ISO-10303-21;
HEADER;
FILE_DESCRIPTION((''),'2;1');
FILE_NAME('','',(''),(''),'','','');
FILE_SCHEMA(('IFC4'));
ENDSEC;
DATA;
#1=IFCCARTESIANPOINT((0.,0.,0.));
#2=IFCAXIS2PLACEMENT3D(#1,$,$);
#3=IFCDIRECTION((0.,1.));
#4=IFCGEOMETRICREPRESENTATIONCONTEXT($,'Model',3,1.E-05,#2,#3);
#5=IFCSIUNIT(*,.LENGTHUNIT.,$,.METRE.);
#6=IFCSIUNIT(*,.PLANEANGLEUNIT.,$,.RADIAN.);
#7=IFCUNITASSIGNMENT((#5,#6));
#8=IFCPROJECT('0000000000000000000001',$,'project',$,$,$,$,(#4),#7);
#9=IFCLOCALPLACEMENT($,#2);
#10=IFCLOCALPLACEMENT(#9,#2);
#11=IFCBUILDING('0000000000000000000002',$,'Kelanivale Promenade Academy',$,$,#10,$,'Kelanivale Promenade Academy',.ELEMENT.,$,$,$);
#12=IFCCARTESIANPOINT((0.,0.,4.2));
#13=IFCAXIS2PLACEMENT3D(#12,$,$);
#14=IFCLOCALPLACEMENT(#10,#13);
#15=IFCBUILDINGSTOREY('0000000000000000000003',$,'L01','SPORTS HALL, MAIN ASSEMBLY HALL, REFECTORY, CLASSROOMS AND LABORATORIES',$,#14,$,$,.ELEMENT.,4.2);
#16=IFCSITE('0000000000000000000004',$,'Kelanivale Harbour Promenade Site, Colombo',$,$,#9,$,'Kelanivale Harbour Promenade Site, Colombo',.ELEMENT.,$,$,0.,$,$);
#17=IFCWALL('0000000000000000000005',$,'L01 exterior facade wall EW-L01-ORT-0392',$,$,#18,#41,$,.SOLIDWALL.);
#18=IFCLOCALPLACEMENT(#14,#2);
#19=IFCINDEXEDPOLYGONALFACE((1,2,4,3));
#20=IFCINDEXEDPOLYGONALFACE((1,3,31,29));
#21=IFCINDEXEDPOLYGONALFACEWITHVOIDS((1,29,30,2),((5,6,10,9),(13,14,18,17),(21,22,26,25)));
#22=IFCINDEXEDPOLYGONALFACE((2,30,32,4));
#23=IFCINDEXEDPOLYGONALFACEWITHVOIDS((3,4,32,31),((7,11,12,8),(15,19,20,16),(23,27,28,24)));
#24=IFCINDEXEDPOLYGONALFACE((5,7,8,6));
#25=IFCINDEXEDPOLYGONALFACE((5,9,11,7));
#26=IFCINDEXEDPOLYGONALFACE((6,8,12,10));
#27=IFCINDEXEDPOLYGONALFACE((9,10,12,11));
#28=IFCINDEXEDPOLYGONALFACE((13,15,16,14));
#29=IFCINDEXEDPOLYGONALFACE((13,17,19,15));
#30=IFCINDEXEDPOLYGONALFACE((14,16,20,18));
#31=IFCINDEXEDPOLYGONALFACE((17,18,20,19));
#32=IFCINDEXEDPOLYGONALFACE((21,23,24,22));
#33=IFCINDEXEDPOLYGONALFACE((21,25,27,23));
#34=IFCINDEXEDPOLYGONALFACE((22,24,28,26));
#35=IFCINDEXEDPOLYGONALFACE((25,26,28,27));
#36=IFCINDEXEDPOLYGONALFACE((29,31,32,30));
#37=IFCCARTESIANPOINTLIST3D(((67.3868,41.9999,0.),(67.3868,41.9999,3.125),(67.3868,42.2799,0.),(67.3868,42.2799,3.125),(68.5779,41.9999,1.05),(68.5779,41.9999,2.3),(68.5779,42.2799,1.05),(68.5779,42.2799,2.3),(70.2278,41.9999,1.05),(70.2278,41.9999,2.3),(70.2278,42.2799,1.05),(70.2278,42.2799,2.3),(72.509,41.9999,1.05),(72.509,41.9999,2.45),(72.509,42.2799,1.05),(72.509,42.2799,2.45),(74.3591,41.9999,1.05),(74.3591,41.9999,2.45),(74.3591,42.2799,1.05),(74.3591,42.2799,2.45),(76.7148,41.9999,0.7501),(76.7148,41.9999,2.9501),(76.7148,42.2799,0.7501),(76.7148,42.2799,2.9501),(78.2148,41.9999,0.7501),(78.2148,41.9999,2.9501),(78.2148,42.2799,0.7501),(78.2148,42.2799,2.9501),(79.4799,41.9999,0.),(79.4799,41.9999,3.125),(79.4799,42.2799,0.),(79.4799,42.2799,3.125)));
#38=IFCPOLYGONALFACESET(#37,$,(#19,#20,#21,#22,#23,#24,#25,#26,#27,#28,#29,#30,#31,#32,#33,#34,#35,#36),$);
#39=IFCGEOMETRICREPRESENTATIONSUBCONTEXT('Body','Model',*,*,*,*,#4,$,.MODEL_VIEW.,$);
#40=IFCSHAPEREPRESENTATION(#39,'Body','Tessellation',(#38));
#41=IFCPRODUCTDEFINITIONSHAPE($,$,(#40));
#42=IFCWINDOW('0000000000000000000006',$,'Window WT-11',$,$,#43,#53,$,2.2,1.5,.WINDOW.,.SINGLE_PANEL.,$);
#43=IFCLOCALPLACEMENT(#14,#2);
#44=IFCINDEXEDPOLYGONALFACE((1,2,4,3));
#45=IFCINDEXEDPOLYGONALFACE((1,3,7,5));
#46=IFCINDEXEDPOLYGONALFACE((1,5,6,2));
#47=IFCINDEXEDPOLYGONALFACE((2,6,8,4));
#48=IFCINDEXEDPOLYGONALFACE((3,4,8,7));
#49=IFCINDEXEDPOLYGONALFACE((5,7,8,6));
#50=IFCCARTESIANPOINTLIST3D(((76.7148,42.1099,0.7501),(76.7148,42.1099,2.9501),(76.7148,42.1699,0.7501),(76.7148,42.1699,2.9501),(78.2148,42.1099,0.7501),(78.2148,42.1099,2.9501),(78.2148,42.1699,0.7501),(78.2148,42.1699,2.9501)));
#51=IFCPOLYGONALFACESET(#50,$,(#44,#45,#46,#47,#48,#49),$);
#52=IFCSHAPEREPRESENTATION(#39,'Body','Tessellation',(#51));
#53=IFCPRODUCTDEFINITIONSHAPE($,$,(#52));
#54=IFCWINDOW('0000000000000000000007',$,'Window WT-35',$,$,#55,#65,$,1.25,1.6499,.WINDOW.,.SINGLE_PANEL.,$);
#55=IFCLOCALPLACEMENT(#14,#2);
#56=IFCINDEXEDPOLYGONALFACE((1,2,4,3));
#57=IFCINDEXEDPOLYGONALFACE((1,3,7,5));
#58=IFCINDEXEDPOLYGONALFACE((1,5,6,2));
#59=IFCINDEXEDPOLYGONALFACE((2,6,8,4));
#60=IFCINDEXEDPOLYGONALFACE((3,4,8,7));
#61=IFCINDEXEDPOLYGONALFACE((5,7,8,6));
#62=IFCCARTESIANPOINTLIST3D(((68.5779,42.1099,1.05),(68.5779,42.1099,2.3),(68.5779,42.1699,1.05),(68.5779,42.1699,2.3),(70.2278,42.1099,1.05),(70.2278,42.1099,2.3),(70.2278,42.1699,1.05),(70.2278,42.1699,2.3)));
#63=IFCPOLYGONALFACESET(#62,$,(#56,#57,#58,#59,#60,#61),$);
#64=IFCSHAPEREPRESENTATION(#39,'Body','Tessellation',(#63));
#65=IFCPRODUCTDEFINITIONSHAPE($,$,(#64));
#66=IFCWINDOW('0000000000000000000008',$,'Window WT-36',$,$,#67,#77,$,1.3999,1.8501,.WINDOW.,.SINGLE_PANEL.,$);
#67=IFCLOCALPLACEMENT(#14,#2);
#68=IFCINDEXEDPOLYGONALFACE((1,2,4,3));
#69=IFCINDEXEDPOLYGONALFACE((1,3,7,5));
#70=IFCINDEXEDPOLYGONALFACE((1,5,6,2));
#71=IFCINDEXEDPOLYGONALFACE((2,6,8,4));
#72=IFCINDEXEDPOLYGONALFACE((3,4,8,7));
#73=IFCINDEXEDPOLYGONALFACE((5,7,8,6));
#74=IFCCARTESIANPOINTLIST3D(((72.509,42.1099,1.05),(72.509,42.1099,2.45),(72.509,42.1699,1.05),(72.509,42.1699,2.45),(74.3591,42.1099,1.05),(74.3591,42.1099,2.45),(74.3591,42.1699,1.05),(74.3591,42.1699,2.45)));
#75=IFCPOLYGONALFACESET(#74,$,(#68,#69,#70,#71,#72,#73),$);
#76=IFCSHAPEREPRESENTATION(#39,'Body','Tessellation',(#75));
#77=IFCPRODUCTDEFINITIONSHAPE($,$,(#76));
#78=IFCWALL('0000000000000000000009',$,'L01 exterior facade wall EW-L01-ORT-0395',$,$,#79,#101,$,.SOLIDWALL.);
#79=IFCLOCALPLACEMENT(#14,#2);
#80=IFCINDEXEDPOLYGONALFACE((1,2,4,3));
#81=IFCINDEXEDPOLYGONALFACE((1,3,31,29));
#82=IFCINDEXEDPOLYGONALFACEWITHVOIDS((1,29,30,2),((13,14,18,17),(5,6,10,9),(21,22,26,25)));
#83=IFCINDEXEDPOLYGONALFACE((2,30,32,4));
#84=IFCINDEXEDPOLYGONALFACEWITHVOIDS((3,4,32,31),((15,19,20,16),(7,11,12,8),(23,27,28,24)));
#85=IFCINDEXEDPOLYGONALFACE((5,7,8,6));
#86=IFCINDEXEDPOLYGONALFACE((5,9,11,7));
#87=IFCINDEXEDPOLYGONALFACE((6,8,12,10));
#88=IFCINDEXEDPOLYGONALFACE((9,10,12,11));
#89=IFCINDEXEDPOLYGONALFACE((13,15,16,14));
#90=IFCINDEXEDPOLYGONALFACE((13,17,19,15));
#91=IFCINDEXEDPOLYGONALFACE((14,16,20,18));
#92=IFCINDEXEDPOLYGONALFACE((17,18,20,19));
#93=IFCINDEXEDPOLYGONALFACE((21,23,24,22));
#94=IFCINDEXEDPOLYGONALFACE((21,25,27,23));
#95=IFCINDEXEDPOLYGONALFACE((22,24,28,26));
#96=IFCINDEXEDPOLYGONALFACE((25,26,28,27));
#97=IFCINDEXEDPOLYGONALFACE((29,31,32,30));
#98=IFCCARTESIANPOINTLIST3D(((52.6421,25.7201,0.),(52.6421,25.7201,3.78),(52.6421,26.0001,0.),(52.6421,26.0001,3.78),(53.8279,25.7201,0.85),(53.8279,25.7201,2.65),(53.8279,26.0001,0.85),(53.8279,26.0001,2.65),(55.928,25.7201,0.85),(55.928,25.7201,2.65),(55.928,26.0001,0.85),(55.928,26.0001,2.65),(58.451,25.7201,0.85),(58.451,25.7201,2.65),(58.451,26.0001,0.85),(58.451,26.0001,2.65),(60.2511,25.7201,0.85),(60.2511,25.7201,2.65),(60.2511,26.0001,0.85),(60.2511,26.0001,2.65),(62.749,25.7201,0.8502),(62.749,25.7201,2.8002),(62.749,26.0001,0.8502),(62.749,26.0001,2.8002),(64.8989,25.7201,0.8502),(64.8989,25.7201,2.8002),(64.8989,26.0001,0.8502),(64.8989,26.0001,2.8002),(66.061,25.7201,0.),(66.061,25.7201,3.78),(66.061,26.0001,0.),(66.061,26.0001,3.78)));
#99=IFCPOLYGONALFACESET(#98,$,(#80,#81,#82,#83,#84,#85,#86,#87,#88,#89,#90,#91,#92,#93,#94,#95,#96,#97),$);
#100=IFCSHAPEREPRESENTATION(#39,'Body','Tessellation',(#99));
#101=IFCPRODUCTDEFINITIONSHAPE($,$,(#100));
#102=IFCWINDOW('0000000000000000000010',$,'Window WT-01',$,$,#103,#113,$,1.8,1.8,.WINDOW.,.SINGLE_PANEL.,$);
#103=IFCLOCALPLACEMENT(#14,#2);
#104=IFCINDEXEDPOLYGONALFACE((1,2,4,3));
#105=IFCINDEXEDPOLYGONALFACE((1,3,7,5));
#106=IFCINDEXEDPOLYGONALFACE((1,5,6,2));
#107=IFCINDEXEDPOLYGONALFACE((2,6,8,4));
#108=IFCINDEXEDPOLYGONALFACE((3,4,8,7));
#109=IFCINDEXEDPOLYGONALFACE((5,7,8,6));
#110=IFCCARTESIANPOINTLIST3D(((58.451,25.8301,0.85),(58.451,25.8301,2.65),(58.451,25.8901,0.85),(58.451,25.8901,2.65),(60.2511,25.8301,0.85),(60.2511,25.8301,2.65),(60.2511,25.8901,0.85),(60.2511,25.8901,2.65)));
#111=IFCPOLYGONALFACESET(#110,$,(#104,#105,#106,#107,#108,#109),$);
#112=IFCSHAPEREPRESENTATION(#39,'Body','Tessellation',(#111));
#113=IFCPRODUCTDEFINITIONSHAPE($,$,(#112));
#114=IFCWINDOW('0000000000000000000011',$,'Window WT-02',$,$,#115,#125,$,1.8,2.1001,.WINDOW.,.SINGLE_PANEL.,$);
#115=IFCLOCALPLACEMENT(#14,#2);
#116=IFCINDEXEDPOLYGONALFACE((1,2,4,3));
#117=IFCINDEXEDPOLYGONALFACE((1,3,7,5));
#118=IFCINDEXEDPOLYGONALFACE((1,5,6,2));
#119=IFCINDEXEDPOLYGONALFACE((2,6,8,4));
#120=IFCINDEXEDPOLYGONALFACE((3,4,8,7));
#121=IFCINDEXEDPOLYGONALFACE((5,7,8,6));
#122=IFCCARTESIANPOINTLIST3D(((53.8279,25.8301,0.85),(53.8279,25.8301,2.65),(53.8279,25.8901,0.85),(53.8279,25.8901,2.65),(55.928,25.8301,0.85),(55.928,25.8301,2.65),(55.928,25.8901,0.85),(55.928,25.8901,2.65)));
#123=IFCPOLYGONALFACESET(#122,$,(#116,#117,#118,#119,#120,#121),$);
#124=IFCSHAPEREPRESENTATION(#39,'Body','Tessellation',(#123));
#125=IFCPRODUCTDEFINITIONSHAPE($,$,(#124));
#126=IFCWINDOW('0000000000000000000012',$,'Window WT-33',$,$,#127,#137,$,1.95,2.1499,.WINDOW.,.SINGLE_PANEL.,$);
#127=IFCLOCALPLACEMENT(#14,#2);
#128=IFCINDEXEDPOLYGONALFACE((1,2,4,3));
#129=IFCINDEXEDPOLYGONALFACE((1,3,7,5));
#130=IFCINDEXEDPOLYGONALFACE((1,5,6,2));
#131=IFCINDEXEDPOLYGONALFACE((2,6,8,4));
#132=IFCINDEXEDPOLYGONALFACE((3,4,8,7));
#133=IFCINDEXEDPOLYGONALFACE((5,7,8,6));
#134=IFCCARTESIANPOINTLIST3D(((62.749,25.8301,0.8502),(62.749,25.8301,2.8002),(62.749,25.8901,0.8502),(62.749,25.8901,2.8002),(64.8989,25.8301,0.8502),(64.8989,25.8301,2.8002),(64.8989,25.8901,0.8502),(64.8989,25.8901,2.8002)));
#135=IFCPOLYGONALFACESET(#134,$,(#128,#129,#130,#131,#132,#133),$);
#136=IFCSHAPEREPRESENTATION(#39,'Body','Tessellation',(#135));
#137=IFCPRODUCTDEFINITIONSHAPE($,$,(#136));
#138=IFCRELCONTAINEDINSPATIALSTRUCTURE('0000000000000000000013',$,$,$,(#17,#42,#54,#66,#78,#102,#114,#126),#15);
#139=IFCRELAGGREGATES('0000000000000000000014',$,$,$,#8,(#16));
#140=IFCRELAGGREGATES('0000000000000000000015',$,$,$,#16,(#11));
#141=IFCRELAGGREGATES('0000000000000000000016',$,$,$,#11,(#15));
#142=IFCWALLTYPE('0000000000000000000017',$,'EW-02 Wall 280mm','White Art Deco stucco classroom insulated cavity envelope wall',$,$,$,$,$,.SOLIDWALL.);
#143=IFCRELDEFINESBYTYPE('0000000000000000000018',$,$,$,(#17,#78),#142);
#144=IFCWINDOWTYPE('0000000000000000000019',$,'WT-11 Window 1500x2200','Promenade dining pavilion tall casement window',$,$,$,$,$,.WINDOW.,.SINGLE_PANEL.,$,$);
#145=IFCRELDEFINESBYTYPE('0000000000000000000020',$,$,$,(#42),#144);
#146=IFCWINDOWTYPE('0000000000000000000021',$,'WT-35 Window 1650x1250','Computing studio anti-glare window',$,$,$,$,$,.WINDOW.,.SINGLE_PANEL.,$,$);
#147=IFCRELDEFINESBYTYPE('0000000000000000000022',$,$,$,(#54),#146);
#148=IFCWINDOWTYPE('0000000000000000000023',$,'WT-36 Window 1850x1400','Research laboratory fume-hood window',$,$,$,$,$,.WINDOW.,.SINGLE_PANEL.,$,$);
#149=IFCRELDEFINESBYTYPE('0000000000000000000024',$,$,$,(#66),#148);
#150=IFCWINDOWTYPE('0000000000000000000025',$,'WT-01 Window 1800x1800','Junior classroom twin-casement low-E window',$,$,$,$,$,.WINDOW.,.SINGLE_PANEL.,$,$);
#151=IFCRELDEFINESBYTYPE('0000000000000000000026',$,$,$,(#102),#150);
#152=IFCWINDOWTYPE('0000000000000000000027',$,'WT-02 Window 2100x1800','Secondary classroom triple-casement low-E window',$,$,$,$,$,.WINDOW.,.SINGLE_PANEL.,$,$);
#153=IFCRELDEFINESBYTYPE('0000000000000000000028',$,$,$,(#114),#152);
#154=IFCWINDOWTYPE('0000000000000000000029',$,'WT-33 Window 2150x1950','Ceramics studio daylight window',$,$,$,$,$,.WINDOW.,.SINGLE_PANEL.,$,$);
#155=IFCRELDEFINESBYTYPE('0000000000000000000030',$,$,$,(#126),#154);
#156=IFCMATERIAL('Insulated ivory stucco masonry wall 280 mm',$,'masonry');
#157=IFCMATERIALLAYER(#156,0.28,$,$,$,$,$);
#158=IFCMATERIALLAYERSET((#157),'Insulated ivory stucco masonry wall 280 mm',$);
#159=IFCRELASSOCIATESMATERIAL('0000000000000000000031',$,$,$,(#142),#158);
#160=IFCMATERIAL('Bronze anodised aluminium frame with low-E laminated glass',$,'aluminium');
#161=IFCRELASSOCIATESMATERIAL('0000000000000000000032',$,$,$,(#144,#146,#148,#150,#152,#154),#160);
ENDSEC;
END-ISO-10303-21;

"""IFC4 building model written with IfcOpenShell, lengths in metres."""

from ifc_helpers import new_model, si_unit, direction, frame, frame_2d, origin, place, context, subcontext, project, spatial, rectangle, extrude, material, layer, layer_set, type_object, element, fill, save


model = new_model("IFC4")

# Units and contexts
model_context = context("Model", 3, precision=1e-05, world=origin(), true_north=direction((0.0, 1.0)))
body_context = subcontext(model_context, "Body", "Model", "MODEL_VIEW")
ifc_project = project(units=[si_unit("LENGTHUNIT", "METRE"), si_unit("PLANEANGLEUNIT", "RADIAN")], contexts=[model_context])

# Site, building, storey
site_placement = place(None, origin())
site = spatial("IfcSite", under=ifc_project, at=site_placement, Name="Kelanivale Harbour Promenade Site, Colombo", LongName="Kelanivale Harbour Promenade Site, Colombo", CompositionType="ELEMENT", RefElevation=0.0)
building_placement = place(site_placement, origin())
building = spatial("IfcBuilding", under=site, at=building_placement, Name="Kelanivale Promenade Academy", LongName="Kelanivale Promenade Academy", CompositionType="ELEMENT")
storey_placement = place(building_placement, frame((0.0, 0.0, 4.2)))
storey = spatial("IfcBuildingStorey", under=building, at=storey_placement, Name="L01", Description="SPORTS HALL, MAIN ASSEMBLY HALL, REFECTORY, CLASSROOMS AND LABORATORIES", CompositionType="ELEMENT", Elevation=4.2)

# Walls, openings, windows
ifc_material_1 = material(Name="Insulated ivory stucco masonry wall 280 mm", Category="masonry")
ifc_layer_1 = layer(ifc_material_1, 0.28)
ifc_layer_set_1 = layer_set([ifc_layer_1], Name="Insulated ivory stucco masonry wall 280 mm")
wall_type_1 = type_object("IfcWallType", Name="EW-02 Wall 280mm", Description="White Art Deco stucco classroom insulated cavity envelope wall", PredefinedType="SOLIDWALL", material=ifc_layer_set_1)
wall_1_placement = place(storey_placement, frame((67.387, 42.1399, 0.0), z_axis=(0.0, 0.0, 1.0), x_axis=(1.0, 0.0, 0.0)))
wall_1 = element("IfcWall", 1, at=wall_1_placement, inside=storey, type_object=wall_type_1, Name="L01 exterior facade wall EW-L01-ORT-0392", PredefinedType="SOLIDWALL", context=body_context, shape_type="SweptSolid", body=[
    extrude(rectangle(XDim=12.093, YDim=0.28, at=frame_2d((6.0464, 0.0))), origin(), (0.0, 0.0, 1.0), 3.125),
])
opening_1_placement = place(wall_1_placement, frame((1.1909, 0.0, 1.05)))
opening_1 = element("IfcOpeningElement", 2, at=opening_1_placement, cuts=wall_1, PredefinedType="OPENING", context=body_context, shape_type="SweptSolid", body=[
    extrude(rectangle(XDim=1.6499, YDim=1.25, at=frame_2d((0.825, 0.625))), frame((0.0, 0.1499, 0.0), z_axis=(0.0, -1.0, 0.0), x_axis=(1.0, 0.0, 0.0)), (0.0, 0.0, 1.0), 0.3),
])
opening_2_placement = place(wall_1_placement, frame((5.1221, 0.0, 1.05)))
opening_2 = element("IfcOpeningElement", 3, at=opening_2_placement, cuts=wall_1, PredefinedType="OPENING", context=body_context, shape_type="SweptSolid", body=[
    extrude(rectangle(XDim=1.8501, YDim=1.3999, at=frame_2d((0.925, 0.7))), frame((0.0, 0.1499, 0.0), z_axis=(0.0, -1.0, 0.0), x_axis=(1.0, 0.0, 0.0)), (0.0, 0.0, 1.0), 0.3),
])
opening_3_placement = place(wall_1_placement, frame((9.3279, 0.0, 0.75)))
opening_3 = element("IfcOpeningElement", 4, at=opening_3_placement, cuts=wall_1, PredefinedType="OPENING", context=body_context, shape_type="SweptSolid", body=[
    extrude(rectangle(XDim=1.5, YDim=2.2, at=frame_2d((0.75, 1.1001))), frame((0.0, 0.1499, 0.0), z_axis=(0.0, -1.0, 0.0), x_axis=(1.0, 0.0, 0.0)), (0.0, 0.0, 1.0), 0.3),
])
ifc_material_2 = material(Name="Bronze anodised aluminium frame with low-E laminated glass", Category="aluminium")
window_type_1 = type_object("IfcWindowType", Name="WT-11 Window 1500x2200", Description="Promenade dining pavilion tall casement window", PartitioningType="SINGLE_PANEL", PredefinedType="WINDOW", material=ifc_material_2)
window_1_placement = place(opening_3_placement, origin())
window_1 = element("IfcWindow", 5, at=window_1_placement, inside=storey, type_object=window_type_1, Name="Window WT-11", OverallHeight=2.2, OverallWidth=1.5, PartitioningType="SINGLE_PANEL", PredefinedType="WINDOW", context=body_context, shape_type="SweptSolid", body=[
    extrude(rectangle(XDim=1.5, YDim=2.2, at=frame_2d((0.75, 1.1001))), frame((0.0, 0.03, 0.0), z_axis=(0.0, -1.0, 0.0), x_axis=(1.0, 0.0, 0.0)), (0.0, 0.0, 1.0), 0.0601),
])
fill(opening_3, window_1)
window_type_2 = type_object("IfcWindowType", Name="WT-35 Window 1650x1250", Description="Computing studio anti-glare window", PartitioningType="SINGLE_PANEL", PredefinedType="WINDOW", material=ifc_material_2)
window_2_placement = place(opening_1_placement, origin())
window_2 = element("IfcWindow", 6, at=window_2_placement, inside=storey, type_object=window_type_2, Name="Window WT-35", OverallHeight=1.25, OverallWidth=1.6499, PartitioningType="SINGLE_PANEL", PredefinedType="WINDOW", context=body_context, shape_type="SweptSolid", body=[
    extrude(rectangle(XDim=1.6499, YDim=1.25, at=frame_2d((0.825, 0.625))), frame((0.0, 0.03, 0.0), z_axis=(0.0, -1.0, 0.0), x_axis=(1.0, 0.0, 0.0)), (0.0, 0.0, 1.0), 0.0601),
])
fill(opening_1, window_2)
window_type_3 = type_object("IfcWindowType", Name="WT-36 Window 1850x1400", Description="Research laboratory fume-hood window", PartitioningType="SINGLE_PANEL", PredefinedType="WINDOW", material=ifc_material_2)
window_3_placement = place(opening_2_placement, origin())
window_3 = element("IfcWindow", 7, at=window_3_placement, inside=storey, type_object=window_type_3, Name="Window WT-36", OverallHeight=1.3999, OverallWidth=1.8501, PartitioningType="SINGLE_PANEL", PredefinedType="WINDOW", context=body_context, shape_type="SweptSolid", body=[
    extrude(rectangle(XDim=1.8501, YDim=1.3999, at=frame_2d((0.925, 0.7))), frame((0.0, 0.03, 0.0), z_axis=(0.0, -1.0, 0.0), x_axis=(1.0, 0.0, 0.0)), (0.0, 0.0, 1.0), 0.0601),
])
fill(opening_2, window_3)
wall_2_placement = place(storey_placement, frame((66.061, 25.8601, 0.0), z_axis=(0.0, 0.0, 1.0), x_axis=(-1.0, 0.0, 0.0)))
wall_2 = element("IfcWall", 8, at=wall_2_placement, inside=storey, type_object=wall_type_1, Name="L01 exterior facade wall EW-L01-ORT-0395", PredefinedType="SOLIDWALL", context=body_context, shape_type="SweptSolid", body=[
    extrude(rectangle(XDim=13.4189, YDim=0.28, at=frame_2d((6.7095, 0.0))), origin(), (0.0, 0.0, 1.0), 3.78),
])
opening_4_placement = place(wall_2_placement, frame((1.1621, 0.0, 0.8501)))
opening_4 = element("IfcOpeningElement", 9, at=opening_4_placement, cuts=wall_2, PredefinedType="OPENING", context=body_context, shape_type="SweptSolid", body=[
    extrude(rectangle(XDim=2.1499, YDim=1.95, at=frame_2d((1.075, 0.9751))), frame((0.0, 0.1499, 0.0), z_axis=(0.0, -1.0, 0.0), x_axis=(1.0, 0.0, 0.0)), (0.0, 0.0, 1.0), 0.3),
])
opening_5_placement = place(wall_2_placement, frame((5.8101, 0.0, 0.8501)))
opening_5 = element("IfcOpeningElement", 10, at=opening_5_placement, cuts=wall_2, PredefinedType="OPENING", context=body_context, shape_type="SweptSolid", body=[
    extrude(rectangle(XDim=1.8, YDim=1.8, at=frame_2d((0.8999, 0.8999))), frame((0.0, 0.1499, 0.0), z_axis=(0.0, -1.0, 0.0), x_axis=(1.0, 0.0, 0.0)), (0.0, 0.0, 1.0), 0.3),
])
opening_6_placement = place(wall_2_placement, frame((10.1331, 0.0, 0.8501)))
opening_6 = element("IfcOpeningElement", 11, at=opening_6_placement, cuts=wall_2, PredefinedType="OPENING", context=body_context, shape_type="SweptSolid", body=[
    extrude(rectangle(XDim=2.1001, YDim=1.8, at=frame_2d((1.05, 0.8999))), frame((0.0, 0.1499, 0.0), z_axis=(0.0, -1.0, 0.0), x_axis=(1.0, 0.0, 0.0)), (0.0, 0.0, 1.0), 0.3),
])
window_type_4 = type_object("IfcWindowType", Name="WT-01 Window 1800x1800", Description="Junior classroom twin-casement low-E window", PartitioningType="SINGLE_PANEL", PredefinedType="WINDOW", material=ifc_material_2)
window_4_placement = place(opening_5_placement, origin())
window_4 = element("IfcWindow", 12, at=window_4_placement, inside=storey, type_object=window_type_4, Name="Window WT-01", OverallHeight=1.8, OverallWidth=1.8, PartitioningType="SINGLE_PANEL", PredefinedType="WINDOW", context=body_context, shape_type="SweptSolid", body=[
    extrude(rectangle(XDim=1.8, YDim=1.8, at=frame_2d((0.8999, 0.8999))), frame((0.0, 0.03, 0.0), z_axis=(0.0, -1.0, 0.0), x_axis=(1.0, 0.0, 0.0)), (0.0, 0.0, 1.0), 0.0601),
])
fill(opening_5, window_4)
window_type_5 = type_object("IfcWindowType", Name="WT-02 Window 2100x1800", Description="Secondary classroom triple-casement low-E window", PartitioningType="SINGLE_PANEL", PredefinedType="WINDOW", material=ifc_material_2)
window_5_placement = place(opening_6_placement, origin())
window_5 = element("IfcWindow", 13, at=window_5_placement, inside=storey, type_object=window_type_5, Name="Window WT-02", OverallHeight=1.8, OverallWidth=2.1001, PartitioningType="SINGLE_PANEL", PredefinedType="WINDOW", context=body_context, shape_type="SweptSolid", body=[
    extrude(rectangle(XDim=2.1001, YDim=1.8, at=frame_2d((1.05, 0.8999))), frame((0.0, 0.03, 0.0), z_axis=(0.0, -1.0, 0.0), x_axis=(1.0, 0.0, 0.0)), (0.0, 0.0, 1.0), 0.0601),
])
fill(opening_6, window_5)
window_type_6 = type_object("IfcWindowType", Name="WT-33 Window 2150x1950", Description="Ceramics studio daylight window", PartitioningType="SINGLE_PANEL", PredefinedType="WINDOW", material=ifc_material_2)
window_6_placement = place(opening_4_placement, origin())
window_6 = element("IfcWindow", 14, at=window_6_placement, inside=storey, type_object=window_type_6, Name="Window WT-33", OverallHeight=1.95, OverallWidth=2.1499, PartitioningType="SINGLE_PANEL", PredefinedType="WINDOW", context=body_context, shape_type="SweptSolid", body=[
    extrude(rectangle(XDim=2.1499, YDim=1.95, at=frame_2d((1.075, 0.9751))), frame((0.0, 0.03, 0.0), z_axis=(0.0, -1.0, 0.0), x_axis=(1.0, 0.0, 0.0)), (0.0, 0.0, 1.0), 0.0601),
])
fill(opening_4, window_6)

save(model, "model.ifc")
